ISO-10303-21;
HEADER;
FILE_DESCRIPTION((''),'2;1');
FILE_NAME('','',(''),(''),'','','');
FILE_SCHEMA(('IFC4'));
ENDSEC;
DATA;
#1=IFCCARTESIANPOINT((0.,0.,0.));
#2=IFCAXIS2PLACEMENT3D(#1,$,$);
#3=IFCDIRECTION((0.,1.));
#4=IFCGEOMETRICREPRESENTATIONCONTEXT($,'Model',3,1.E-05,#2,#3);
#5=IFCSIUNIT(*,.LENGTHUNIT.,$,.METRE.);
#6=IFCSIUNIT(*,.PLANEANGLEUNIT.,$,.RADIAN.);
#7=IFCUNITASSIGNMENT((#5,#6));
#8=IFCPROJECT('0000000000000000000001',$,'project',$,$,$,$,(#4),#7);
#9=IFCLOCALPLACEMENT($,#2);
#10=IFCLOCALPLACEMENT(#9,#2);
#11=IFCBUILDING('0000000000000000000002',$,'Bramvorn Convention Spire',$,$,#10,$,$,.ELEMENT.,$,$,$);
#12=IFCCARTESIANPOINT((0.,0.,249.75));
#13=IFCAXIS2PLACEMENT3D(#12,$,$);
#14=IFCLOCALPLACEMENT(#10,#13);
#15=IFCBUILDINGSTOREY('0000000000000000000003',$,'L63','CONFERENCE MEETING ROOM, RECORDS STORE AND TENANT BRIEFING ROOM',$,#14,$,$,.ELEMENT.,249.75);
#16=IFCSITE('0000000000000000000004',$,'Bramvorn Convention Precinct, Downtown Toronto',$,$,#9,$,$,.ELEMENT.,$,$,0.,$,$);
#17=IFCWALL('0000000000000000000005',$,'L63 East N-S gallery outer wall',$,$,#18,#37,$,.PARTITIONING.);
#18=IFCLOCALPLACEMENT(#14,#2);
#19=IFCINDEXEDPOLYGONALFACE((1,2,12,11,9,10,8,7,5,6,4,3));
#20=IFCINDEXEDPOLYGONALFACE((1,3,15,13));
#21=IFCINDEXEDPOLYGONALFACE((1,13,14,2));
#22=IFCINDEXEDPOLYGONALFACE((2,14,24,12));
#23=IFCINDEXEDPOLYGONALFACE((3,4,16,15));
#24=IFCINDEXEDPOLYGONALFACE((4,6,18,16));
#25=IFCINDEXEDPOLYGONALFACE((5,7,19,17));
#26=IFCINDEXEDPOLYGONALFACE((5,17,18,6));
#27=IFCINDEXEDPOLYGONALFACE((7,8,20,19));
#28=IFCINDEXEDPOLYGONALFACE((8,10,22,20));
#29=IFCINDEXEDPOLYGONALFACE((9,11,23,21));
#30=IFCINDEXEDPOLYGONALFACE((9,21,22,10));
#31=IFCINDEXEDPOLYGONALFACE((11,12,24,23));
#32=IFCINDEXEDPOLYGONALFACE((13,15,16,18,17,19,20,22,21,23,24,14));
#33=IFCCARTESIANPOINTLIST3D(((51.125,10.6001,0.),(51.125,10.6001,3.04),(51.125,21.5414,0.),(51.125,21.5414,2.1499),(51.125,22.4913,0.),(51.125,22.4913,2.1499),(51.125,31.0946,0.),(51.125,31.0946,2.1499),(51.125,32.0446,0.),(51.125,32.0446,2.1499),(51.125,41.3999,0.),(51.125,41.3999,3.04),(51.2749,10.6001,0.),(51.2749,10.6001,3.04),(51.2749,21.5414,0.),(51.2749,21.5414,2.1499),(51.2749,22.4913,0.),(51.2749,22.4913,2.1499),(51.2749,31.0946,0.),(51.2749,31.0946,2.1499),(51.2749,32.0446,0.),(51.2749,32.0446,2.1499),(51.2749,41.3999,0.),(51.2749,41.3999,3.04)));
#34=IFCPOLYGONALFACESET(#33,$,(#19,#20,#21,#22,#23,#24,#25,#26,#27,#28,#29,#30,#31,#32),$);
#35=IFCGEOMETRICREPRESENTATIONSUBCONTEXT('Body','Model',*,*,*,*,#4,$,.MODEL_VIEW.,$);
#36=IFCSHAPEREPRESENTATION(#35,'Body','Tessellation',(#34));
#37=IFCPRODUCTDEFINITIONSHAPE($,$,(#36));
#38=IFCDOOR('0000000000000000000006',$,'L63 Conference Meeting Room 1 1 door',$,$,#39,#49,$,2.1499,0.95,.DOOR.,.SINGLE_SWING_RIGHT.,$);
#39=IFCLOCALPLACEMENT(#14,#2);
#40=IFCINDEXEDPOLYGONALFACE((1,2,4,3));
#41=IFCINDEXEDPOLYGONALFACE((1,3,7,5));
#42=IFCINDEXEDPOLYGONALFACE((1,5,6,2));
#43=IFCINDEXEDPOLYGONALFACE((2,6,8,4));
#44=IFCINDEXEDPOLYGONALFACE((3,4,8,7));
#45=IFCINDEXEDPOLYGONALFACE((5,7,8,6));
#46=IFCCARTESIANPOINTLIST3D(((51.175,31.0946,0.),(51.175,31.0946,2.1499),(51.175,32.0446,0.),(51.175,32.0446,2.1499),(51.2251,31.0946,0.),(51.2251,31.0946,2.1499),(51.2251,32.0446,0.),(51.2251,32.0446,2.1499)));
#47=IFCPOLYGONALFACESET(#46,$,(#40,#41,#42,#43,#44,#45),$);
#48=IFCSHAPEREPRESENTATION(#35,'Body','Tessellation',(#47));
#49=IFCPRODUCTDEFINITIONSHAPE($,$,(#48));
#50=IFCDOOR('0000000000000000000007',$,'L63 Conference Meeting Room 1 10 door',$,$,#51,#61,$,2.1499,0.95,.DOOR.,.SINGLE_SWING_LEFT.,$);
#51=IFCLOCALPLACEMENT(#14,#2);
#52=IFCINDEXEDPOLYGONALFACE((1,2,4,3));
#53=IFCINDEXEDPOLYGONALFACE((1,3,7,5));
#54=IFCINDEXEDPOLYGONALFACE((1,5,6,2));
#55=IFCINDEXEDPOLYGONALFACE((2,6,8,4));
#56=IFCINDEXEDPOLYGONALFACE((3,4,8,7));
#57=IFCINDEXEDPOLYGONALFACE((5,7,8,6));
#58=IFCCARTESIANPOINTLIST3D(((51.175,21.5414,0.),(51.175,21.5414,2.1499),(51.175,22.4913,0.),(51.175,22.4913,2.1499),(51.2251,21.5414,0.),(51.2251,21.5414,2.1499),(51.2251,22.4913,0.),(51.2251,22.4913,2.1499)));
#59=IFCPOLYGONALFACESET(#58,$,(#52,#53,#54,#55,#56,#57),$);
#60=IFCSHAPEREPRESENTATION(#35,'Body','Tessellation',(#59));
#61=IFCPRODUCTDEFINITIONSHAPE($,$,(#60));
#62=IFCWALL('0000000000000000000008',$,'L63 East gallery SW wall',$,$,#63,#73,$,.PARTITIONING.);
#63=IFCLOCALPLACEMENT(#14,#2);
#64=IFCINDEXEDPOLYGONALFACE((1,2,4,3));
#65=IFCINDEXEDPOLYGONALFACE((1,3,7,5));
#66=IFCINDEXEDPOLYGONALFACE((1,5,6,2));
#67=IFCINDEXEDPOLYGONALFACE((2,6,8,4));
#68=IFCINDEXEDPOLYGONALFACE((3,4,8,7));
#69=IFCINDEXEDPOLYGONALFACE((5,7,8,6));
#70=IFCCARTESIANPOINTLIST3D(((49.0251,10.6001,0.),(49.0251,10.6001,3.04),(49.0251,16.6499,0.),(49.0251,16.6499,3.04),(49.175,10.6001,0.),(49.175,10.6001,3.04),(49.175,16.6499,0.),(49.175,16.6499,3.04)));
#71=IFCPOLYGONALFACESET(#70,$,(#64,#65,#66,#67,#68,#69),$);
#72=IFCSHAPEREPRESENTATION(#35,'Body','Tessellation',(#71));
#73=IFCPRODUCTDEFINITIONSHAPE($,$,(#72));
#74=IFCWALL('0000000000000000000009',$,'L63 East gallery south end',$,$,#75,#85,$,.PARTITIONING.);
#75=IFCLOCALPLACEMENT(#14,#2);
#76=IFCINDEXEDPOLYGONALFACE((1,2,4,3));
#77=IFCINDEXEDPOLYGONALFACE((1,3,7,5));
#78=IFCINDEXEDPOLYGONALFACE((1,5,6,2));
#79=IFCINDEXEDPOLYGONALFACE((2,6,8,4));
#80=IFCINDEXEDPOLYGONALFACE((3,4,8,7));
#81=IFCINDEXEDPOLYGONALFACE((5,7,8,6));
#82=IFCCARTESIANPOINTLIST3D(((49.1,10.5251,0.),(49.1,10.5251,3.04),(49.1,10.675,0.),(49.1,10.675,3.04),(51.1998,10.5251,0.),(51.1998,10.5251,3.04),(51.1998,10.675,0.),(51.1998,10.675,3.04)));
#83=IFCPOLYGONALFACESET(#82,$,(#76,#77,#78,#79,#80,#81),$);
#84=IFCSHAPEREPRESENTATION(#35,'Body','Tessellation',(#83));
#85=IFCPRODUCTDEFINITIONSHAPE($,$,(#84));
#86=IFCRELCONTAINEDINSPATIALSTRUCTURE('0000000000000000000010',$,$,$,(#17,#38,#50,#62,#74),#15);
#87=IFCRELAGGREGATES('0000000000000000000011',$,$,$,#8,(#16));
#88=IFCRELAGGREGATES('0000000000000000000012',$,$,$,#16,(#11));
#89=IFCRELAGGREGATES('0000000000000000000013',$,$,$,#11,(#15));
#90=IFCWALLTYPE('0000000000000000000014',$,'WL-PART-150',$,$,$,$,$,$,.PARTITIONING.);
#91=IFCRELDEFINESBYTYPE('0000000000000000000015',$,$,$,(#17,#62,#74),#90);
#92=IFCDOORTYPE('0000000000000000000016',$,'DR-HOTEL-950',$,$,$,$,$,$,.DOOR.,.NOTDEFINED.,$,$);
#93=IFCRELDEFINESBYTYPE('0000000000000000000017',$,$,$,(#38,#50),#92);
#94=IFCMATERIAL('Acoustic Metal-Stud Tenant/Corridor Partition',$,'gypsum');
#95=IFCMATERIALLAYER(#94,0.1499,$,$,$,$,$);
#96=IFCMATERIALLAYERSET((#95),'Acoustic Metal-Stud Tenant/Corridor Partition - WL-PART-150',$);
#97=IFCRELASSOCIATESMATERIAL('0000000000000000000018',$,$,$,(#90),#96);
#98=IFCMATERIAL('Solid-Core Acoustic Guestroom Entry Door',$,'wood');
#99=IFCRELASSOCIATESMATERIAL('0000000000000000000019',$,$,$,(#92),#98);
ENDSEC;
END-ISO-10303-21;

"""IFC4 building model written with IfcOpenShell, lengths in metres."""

from ifc_helpers import new_model, si_unit, direction, frame, frame_2d, origin, place, context, subcontext, project, spatial, rectangle, extrude, material, layer, layer_set, type_object, element, fill, save


model = new_model("IFC4")

# Units and contexts
model_context = context("Model", 3, precision=1e-05, world=origin(), true_north=direction((0.0, 1.0)))
body_context = subcontext(model_context, "Body", "Model", "MODEL_VIEW")
ifc_project = project(units=[si_unit("LENGTHUNIT", "METRE"), si_unit("PLANEANGLEUNIT", "RADIAN")], contexts=[model_context])

# Site, building, storey
site_placement = place(None, origin())
site = spatial("IfcSite", under=ifc_project, at=site_placement, Name="Bramvorn Convention Precinct, Downtown Toronto", CompositionType="ELEMENT", RefElevation=0.0)
building_placement = place(site_placement, origin())
building = spatial("IfcBuilding", under=site, at=building_placement, Name="Bramvorn Convention Spire", CompositionType="ELEMENT")
storey_placement = place(building_placement, frame((0.0, 0.0, 249.75)))
storey = spatial("IfcBuildingStorey", under=building, at=storey_placement, Name="L63", Description="CONFERENCE MEETING ROOM, RECORDS STORE AND TENANT BRIEFING ROOM", CompositionType="ELEMENT", Elevation=249.75)

# Wall, openings, doors
ifc_material_1 = material(Name="Acoustic Metal-Stud Tenant/Corridor Partition", Category="gypsum")
ifc_layer_1 = layer(ifc_material_1, 0.1499)
ifc_layer_set_1 = layer_set([ifc_layer_1], Name="Acoustic Metal-Stud Tenant/Corridor Partition - WL-PART-150")
wall_type_1 = type_object("IfcWallType", Name="WL-PART-150", PredefinedType="PARTITIONING", material=ifc_layer_set_1)
wall_1_placement = place(storey_placement, frame((51.2, 10.6001, 0.0), z_axis=(0.0, 0.0, 1.0), x_axis=(0.0, 1.0, 0.0)))
wall_1 = element("IfcWall", 1, at=wall_1_placement, inside=storey, type_object=wall_type_1, Name="L63 East N-S gallery outer wall", PredefinedType="PARTITIONING", context=body_context, shape_type="SweptSolid", body=[
    extrude(rectangle(XDim=30.7998, YDim=0.1499, at=frame_2d((15.3999, 0.0))), origin(), (0.0, 0.0, 1.0), 3.04),
])
opening_1_placement = place(wall_1_placement, frame((20.4944, 0.0, 0.0)))
opening_1 = element("IfcOpeningElement", 2, at=opening_1_placement, cuts=wall_1, PredefinedType="OPENING", context=body_context, shape_type="SweptSolid", body=[
    extrude(rectangle(XDim=0.95, YDim=2.1499, at=frame_2d((0.4751, 1.075))), frame((0.0, 0.085, 0.0), z_axis=(0.0, -1.0, 0.0), x_axis=(1.0, 0.0, 0.0)), (0.0, 0.0, 1.0), 0.1699),
])
opening_2_placement = place(wall_1_placement, frame((10.9412, 0.0, 0.0)))
opening_2 = element("IfcOpeningElement", 3, at=opening_2_placement, cuts=wall_1, PredefinedType="OPENING", context=body_context, shape_type="SweptSolid", body=[
    extrude(rectangle(XDim=0.95, YDim=2.1499, at=frame_2d((0.4751, 1.075))), frame((0.0, 0.085, 0.0), z_axis=(0.0, -1.0, 0.0), x_axis=(1.0, 0.0, 0.0)), (0.0, 0.0, 1.0), 0.1699),
])
ifc_material_2 = material(Name="Solid-Core Acoustic Guestroom Entry Door", Category="wood")
door_type = type_object("IfcDoorType", Name="DR-HOTEL-950", OperationType="NOTDEFINED", PredefinedType="DOOR", material=ifc_material_2)
door_1_placement = place(opening_1_placement, origin())
door_1 = element("IfcDoor", 4, at=door_1_placement, inside=storey, type_object=door_type, Name="L63 Conference Meeting Room 1 1 door", OperationType="SINGLE_SWING_RIGHT", OverallHeight=2.1499, OverallWidth=0.95, PredefinedType="DOOR", context=body_context, shape_type="SweptSolid", body=[
    extrude(rectangle(XDim=0.95, YDim=2.1499, at=frame_2d((0.4751, 1.075))), frame((0.0, 0.0249, 0.0), z_axis=(0.0, -1.0, 0.0), x_axis=(1.0, 0.0, 0.0)), (0.0, 0.0, 1.0), 0.05),
])
fill(opening_1, door_1)
door_2_placement = place(opening_2_placement, origin())
door_2 = element("IfcDoor", 5, at=door_2_placement, inside=storey, type_object=door_type, Name="L63 Conference Meeting Room 1 10 door", OperationType="SINGLE_SWING_LEFT", OverallHeight=2.1499, OverallWidth=0.95, PredefinedType="DOOR", context=body_context, shape_type="SweptSolid", body=[
    extrude(rectangle(XDim=0.95, YDim=2.1499, at=frame_2d((0.4751, 1.075))), frame((0.0, 0.0249, 0.0), z_axis=(0.0, -1.0, 0.0), x_axis=(1.0, 0.0, 0.0)), (0.0, 0.0, 1.0), 0.05),
])
fill(opening_2, door_2)

# Walls
wall_2_placement = place(storey_placement, frame((49.1001, 10.6001, 0.0), z_axis=(0.0, 0.0, 1.0), x_axis=(0.0, 1.0, 0.0)))
element("IfcWall", 6, at=wall_2_placement, inside=storey, type_object=wall_type_1, Name="L63 East gallery SW wall", PredefinedType="PARTITIONING", context=body_context, shape_type="SweptSolid", body=[
    extrude(rectangle(XDim=6.0498, YDim=0.1499, at=frame_2d((3.0249, 0.0))), origin(), (0.0, 0.0, 1.0), 3.04),
])
wall_3_placement = place(storey_placement, frame((49.1001, 10.6001, 0.0), z_axis=(0.0, 0.0, 1.0), x_axis=(1.0, 0.0, 0.0)))
element("IfcWall", 7, at=wall_3_placement, inside=storey, type_object=wall_type_1, Name="L63 East gallery south end", PredefinedType="PARTITIONING", context=body_context, shape_type="SweptSolid", body=[
    extrude(rectangle(XDim=2.0999, YDim=0.1499, at=frame_2d((1.0498, 0.0))), origin(), (0.0, 0.0, 1.0), 3.04),
])

save(model, "model.ifc")
